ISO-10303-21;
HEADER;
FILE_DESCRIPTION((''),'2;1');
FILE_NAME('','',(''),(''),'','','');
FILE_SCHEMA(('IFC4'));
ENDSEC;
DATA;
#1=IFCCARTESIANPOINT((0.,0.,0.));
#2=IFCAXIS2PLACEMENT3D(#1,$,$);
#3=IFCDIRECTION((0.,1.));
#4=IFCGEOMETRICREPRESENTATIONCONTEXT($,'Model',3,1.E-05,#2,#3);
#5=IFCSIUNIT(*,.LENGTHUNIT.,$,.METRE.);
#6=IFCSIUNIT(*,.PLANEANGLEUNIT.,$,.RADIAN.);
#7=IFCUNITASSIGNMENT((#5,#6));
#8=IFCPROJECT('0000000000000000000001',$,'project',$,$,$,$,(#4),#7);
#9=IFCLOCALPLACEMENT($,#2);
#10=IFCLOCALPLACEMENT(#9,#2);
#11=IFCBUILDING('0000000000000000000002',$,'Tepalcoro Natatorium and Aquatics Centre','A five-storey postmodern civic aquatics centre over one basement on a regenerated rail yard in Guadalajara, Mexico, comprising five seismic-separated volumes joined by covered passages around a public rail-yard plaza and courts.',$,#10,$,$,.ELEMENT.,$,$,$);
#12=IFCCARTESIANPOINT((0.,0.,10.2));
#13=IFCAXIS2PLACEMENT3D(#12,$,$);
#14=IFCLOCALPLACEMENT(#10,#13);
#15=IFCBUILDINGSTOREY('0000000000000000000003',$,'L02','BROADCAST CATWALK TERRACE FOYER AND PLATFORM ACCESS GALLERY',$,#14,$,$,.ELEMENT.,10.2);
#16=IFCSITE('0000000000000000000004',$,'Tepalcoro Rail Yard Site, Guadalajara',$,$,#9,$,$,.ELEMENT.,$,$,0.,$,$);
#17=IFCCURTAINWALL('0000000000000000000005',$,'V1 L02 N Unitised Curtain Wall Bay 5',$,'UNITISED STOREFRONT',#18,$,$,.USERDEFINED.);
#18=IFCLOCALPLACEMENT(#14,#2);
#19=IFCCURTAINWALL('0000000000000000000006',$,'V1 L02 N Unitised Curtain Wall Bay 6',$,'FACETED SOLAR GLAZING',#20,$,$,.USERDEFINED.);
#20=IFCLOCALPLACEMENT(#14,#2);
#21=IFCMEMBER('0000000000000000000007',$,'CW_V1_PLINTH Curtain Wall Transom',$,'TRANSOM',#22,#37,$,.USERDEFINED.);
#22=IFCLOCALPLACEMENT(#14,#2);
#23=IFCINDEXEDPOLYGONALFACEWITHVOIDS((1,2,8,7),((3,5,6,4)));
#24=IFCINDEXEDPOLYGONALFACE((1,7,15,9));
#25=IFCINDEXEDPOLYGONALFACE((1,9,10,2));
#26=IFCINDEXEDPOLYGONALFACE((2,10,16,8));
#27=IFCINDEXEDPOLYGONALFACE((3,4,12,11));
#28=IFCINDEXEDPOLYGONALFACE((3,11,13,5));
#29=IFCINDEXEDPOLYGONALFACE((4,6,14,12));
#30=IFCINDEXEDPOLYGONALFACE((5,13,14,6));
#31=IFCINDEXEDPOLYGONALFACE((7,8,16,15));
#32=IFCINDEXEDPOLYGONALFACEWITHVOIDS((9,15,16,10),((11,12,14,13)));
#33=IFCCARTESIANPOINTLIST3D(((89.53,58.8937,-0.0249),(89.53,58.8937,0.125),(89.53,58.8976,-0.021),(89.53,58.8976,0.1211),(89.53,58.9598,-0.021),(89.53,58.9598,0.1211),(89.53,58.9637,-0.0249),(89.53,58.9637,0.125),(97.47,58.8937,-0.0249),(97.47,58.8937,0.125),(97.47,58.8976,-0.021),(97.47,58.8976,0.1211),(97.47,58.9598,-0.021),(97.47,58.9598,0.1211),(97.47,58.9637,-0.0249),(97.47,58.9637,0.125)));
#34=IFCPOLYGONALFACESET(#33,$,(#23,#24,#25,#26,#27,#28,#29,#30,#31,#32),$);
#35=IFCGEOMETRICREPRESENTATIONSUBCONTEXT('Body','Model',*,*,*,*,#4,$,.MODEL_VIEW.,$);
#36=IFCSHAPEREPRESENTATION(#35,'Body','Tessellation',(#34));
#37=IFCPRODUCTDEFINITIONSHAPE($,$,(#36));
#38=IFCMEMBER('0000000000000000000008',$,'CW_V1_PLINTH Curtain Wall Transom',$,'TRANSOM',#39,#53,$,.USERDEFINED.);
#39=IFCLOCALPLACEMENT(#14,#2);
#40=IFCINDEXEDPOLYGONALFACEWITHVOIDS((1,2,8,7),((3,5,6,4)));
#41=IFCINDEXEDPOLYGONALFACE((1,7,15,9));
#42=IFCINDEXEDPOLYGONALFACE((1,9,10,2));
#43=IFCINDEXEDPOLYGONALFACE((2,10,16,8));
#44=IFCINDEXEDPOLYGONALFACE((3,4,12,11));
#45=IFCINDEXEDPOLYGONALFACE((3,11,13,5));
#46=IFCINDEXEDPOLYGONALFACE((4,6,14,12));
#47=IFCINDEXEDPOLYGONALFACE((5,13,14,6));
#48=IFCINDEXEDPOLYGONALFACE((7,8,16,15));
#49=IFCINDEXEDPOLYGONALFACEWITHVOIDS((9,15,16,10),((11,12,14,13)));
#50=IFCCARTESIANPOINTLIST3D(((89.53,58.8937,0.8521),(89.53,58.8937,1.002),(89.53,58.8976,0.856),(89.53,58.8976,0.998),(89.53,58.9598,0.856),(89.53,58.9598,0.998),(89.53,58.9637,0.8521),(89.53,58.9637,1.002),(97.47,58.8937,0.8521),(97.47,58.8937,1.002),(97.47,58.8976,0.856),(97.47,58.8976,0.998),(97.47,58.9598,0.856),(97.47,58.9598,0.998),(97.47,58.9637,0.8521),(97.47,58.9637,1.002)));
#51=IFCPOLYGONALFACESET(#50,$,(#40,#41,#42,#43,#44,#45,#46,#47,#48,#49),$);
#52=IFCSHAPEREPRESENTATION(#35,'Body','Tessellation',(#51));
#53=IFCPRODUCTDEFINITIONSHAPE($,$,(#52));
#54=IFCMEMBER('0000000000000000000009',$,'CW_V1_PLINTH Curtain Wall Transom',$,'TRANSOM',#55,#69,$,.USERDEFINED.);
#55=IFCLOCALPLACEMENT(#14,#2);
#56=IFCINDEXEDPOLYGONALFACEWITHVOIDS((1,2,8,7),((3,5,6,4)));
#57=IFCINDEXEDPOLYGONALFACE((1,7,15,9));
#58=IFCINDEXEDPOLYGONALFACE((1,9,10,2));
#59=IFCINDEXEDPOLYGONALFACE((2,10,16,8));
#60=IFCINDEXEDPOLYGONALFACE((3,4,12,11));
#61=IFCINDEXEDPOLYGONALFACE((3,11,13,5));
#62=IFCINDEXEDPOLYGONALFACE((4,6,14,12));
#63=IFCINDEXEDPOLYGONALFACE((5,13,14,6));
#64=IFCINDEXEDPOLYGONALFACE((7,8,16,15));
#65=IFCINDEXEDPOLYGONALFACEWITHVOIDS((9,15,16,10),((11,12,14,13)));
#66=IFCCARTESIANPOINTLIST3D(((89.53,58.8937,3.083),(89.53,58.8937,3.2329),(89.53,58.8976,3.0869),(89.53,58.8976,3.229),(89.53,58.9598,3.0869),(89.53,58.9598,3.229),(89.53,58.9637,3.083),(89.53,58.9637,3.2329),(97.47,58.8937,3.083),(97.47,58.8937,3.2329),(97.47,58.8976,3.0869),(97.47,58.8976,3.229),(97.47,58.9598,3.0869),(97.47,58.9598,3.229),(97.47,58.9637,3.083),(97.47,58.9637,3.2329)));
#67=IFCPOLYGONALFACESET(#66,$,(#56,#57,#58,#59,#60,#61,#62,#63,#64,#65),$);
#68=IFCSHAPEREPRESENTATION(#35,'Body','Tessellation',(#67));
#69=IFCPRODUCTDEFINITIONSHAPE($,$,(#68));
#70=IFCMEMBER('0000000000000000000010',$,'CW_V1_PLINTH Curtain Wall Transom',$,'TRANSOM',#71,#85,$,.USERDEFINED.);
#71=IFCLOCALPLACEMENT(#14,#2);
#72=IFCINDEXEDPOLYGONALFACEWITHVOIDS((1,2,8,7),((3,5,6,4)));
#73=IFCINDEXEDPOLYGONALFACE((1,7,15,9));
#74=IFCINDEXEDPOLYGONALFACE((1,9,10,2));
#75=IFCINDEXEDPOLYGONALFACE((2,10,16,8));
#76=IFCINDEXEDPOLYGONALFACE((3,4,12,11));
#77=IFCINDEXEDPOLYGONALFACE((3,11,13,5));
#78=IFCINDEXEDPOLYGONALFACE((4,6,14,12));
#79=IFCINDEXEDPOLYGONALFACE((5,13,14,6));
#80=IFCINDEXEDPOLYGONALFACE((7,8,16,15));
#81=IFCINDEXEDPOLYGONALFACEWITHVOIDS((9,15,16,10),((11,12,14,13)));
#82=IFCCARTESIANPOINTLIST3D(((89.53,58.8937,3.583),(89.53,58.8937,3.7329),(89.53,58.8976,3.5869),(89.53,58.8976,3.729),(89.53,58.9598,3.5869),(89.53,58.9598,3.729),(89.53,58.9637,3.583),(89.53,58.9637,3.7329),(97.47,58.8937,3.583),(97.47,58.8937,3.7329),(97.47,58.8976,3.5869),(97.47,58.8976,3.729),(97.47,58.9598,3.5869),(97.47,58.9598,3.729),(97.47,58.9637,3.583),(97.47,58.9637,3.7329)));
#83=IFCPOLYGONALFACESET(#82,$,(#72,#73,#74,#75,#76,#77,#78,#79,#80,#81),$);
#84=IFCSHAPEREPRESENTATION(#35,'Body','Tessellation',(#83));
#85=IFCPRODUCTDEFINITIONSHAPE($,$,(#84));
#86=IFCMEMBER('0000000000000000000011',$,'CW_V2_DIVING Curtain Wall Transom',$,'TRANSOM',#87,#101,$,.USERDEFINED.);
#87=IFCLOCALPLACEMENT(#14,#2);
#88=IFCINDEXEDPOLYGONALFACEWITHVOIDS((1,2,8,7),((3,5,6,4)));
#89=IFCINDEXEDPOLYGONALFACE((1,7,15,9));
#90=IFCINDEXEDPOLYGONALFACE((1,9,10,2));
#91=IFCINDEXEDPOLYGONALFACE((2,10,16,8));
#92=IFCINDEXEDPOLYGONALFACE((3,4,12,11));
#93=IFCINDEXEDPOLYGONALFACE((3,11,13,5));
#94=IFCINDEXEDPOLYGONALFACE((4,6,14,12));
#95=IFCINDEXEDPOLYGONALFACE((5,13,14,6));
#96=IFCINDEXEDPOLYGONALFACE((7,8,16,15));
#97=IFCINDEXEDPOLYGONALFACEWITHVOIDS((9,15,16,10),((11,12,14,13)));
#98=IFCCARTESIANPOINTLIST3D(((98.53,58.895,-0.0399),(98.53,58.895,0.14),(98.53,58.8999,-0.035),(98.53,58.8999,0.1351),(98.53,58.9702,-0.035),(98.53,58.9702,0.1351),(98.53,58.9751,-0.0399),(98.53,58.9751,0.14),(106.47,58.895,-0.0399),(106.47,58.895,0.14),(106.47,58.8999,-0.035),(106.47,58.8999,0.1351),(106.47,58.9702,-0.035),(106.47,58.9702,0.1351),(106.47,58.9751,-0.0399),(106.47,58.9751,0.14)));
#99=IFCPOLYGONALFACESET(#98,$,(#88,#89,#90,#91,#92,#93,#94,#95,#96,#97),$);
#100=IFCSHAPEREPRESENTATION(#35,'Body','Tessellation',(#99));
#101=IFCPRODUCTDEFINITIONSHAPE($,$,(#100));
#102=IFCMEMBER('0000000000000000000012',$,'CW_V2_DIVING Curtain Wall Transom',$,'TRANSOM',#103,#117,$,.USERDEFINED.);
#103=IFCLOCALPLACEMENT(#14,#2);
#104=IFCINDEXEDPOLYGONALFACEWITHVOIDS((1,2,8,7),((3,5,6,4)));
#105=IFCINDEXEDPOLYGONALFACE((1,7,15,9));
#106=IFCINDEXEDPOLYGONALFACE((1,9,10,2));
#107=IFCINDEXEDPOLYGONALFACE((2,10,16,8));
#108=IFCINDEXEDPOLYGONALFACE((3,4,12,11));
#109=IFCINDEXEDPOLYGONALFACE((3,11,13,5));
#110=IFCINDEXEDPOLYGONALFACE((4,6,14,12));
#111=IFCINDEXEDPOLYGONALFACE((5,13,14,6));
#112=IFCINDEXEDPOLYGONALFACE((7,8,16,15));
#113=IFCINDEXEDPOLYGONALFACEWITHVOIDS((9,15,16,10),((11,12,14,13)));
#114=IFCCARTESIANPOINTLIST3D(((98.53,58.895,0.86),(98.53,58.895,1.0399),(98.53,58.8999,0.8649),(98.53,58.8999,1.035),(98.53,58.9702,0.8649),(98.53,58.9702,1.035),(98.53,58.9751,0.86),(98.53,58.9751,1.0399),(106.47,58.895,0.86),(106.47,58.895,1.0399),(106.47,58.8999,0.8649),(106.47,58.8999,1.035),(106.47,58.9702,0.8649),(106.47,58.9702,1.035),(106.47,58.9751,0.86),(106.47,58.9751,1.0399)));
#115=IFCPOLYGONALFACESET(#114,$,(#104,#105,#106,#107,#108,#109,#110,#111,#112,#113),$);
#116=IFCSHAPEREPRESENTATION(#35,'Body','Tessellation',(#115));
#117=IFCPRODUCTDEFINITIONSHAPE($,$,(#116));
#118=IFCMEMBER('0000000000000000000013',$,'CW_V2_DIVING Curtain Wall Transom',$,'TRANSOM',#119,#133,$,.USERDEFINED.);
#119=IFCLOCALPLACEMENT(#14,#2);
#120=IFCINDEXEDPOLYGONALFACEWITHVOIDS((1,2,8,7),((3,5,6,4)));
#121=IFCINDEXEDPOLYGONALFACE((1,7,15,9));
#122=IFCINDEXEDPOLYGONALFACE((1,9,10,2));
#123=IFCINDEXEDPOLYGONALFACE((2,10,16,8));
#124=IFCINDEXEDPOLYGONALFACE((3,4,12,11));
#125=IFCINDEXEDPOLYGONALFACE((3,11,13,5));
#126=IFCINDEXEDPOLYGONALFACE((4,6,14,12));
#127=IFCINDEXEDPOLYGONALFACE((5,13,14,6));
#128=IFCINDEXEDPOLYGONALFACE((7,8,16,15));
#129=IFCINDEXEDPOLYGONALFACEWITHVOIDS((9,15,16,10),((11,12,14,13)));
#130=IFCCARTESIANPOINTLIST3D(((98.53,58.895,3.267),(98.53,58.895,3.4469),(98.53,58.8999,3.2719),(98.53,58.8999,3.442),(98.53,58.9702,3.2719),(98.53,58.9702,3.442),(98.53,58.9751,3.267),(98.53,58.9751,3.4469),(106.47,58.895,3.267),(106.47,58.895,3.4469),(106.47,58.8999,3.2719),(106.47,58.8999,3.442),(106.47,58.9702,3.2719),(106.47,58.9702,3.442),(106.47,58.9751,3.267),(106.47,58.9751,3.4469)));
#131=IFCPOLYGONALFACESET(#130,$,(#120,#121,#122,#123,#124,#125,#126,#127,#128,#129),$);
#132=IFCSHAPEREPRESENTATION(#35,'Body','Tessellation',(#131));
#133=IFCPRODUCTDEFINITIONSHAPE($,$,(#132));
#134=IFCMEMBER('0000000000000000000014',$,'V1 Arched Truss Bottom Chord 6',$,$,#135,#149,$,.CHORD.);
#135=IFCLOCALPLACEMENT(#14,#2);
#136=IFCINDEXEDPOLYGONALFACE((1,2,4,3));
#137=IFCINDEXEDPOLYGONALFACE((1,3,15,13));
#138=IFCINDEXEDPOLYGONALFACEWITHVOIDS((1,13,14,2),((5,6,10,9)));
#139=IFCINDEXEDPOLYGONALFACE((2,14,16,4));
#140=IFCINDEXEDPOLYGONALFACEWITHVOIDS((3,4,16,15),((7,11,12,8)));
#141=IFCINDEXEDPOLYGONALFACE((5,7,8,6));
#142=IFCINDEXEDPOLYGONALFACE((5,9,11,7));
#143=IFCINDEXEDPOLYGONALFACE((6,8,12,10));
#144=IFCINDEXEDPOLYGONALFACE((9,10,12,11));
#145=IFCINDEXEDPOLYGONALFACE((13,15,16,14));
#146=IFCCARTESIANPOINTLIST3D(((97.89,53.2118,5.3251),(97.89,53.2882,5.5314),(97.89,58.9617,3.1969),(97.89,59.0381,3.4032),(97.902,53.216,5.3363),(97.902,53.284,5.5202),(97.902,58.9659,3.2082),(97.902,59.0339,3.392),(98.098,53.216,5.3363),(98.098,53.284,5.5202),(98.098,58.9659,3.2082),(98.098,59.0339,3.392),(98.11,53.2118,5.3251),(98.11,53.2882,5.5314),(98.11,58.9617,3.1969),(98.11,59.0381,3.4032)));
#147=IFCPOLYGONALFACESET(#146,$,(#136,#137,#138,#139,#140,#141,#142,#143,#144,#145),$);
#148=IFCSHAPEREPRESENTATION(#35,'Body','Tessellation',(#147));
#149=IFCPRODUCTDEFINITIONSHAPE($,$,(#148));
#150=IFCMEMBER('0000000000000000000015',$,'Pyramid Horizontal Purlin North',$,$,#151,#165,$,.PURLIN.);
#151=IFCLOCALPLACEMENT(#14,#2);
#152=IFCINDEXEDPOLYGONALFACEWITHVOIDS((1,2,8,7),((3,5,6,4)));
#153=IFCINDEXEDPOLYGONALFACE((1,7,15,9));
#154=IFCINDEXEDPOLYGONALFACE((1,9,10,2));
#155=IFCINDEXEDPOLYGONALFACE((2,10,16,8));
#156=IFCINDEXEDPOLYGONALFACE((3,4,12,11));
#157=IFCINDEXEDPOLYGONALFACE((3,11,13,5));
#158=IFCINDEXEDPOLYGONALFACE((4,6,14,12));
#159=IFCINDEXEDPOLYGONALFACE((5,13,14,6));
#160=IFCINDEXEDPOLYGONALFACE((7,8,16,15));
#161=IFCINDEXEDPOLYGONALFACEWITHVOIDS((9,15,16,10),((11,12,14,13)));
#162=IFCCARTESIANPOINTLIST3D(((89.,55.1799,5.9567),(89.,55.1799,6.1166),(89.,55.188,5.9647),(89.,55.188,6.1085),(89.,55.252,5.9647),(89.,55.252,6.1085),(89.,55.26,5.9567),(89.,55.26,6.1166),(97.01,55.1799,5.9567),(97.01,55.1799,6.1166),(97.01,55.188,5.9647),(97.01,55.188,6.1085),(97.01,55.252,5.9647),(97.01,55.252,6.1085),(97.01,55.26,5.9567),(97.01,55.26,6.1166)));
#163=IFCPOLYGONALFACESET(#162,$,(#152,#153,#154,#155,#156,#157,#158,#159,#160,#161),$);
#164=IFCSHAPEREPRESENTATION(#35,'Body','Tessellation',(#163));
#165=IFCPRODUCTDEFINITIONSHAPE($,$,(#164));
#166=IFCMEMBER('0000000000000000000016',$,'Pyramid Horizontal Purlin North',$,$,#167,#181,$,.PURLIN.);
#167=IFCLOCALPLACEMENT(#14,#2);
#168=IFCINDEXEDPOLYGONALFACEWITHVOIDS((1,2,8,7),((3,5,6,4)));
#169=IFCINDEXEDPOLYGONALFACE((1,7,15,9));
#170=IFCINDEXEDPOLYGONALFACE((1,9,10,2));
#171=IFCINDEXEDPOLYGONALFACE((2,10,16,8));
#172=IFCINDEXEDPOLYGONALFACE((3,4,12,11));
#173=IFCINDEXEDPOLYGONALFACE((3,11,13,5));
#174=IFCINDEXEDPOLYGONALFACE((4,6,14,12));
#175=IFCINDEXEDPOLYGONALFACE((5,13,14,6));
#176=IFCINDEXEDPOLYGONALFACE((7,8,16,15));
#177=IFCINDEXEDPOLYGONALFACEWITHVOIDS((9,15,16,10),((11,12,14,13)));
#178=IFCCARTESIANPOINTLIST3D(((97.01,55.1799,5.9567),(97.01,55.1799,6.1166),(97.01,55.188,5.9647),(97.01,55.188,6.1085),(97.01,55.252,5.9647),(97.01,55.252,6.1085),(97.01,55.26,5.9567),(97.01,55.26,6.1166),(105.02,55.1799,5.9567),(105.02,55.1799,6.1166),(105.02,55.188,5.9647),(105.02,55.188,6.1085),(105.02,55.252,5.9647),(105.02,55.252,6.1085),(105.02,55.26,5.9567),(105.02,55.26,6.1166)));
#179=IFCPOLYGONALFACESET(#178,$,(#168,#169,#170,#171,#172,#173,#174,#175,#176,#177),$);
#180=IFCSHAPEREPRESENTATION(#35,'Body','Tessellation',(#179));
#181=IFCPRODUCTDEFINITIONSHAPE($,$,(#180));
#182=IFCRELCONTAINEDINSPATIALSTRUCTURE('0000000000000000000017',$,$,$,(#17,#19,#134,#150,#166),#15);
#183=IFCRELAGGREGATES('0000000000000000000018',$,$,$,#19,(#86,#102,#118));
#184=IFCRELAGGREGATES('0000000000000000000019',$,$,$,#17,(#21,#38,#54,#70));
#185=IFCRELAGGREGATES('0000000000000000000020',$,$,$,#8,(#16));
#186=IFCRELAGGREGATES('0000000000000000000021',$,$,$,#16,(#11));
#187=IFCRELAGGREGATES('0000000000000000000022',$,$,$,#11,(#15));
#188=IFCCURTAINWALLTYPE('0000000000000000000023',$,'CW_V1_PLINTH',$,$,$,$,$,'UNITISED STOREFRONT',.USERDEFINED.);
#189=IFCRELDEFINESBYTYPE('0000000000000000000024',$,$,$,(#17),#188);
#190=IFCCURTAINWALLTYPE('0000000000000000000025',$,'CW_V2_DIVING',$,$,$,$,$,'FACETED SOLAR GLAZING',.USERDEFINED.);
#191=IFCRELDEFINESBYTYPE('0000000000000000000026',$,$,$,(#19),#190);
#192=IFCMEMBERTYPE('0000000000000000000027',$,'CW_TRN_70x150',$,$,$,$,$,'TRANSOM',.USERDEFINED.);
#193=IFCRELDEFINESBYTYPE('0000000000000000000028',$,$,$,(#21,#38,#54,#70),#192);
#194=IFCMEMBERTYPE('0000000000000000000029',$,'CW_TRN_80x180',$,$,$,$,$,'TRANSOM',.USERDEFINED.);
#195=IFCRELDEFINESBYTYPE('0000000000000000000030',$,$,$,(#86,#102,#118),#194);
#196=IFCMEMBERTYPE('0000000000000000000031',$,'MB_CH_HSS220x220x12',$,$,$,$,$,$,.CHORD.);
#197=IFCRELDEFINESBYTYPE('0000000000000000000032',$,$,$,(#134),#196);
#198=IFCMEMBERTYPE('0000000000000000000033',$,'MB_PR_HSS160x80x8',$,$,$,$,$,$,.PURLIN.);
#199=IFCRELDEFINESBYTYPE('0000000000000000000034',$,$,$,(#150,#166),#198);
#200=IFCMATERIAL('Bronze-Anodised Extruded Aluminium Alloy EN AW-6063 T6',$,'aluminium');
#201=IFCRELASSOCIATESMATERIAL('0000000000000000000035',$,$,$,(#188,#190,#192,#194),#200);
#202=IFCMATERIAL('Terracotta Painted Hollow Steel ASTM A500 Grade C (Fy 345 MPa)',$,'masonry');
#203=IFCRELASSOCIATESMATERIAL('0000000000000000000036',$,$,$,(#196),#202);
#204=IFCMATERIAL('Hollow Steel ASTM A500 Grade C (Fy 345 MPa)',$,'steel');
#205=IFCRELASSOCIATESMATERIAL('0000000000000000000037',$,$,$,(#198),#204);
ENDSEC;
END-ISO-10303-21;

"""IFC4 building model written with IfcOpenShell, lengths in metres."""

from ifc_helpers import new_model, si_unit, direction, frame, origin, origin_2d, place, context, subcontext, project, spatial, hollow_rectangle, extrude, material, material_profile, profile_set, type_object, element, aggregate, save


model = new_model("IFC4")

# Units and contexts
model_context = context("Model", 3, precision=1e-05, world=origin(), true_north=direction((0.0, 1.0)))
body_context = subcontext(model_context, "Body", "Model", "MODEL_VIEW")
ifc_project = project(units=[si_unit("LENGTHUNIT", "METRE"), si_unit("PLANEANGLEUNIT", "RADIAN")], contexts=[model_context])

# Site, building, storey
site_placement = place(None, origin())
site = spatial("IfcSite", under=ifc_project, at=site_placement, Name="Tepalcoro Rail Yard Site, Guadalajara", CompositionType="ELEMENT", RefElevation=0.0)
building_placement = place(site_placement, origin())
building = spatial("IfcBuilding", under=site, at=building_placement, Name="Tepalcoro Natatorium and Aquatics Centre", Description="A five-storey postmodern civic aquatics centre over one basement on a regenerated rail yard in Guadalajara, Mexico, comprising five seismic-separated volumes joined by covered passages around a public rail-yard plaza and courts.", CompositionType="ELEMENT")
storey_placement = place(building_placement, frame((0.0, 0.0, 10.2)))
storey = spatial("IfcBuildingStorey", under=building, at=storey_placement, Name="L02", Description="BROADCAST CATWALK TERRACE FOYER AND PLATFORM ACCESS GALLERY", CompositionType="ELEMENT", Elevation=10.2)

# Shared definitions
ifc_material_1 = material(Name="Terracotta Painted Hollow Steel ASTM A500 Grade C (Fy 345 MPa)", Category="masonry")

# Curtain wall
ifc_material_2 = material(Name="Bronze-Anodised Extruded Aluminium Alloy EN AW-6063 T6", Category="aluminium")
curtain_wall_type_1 = type_object("IfcCurtainWallType", Name="CW_V1_PLINTH", ElementType="UNITISED STOREFRONT", PredefinedType="USERDEFINED", material=ifc_material_2)
curtain_wall_1_placement = place(storey_placement, origin())
curtain_wall_1 = element("IfcCurtainWall", 1, at=curtain_wall_1_placement, inside=storey, type_object=curtain_wall_type_1, Name="V1 L02 N Unitised Curtain Wall Bay 5", ObjectType="UNITISED STOREFRONT", PredefinedType="USERDEFINED")

# Curtain wall
curtain_wall_type_2 = type_object("IfcCurtainWallType", Name="CW_V2_DIVING", ElementType="FACETED SOLAR GLAZING", PredefinedType="USERDEFINED", material=ifc_material_2)
curtain_wall_2_placement = place(storey_placement, origin())
curtain_wall_2 = element("IfcCurtainWall", 2, at=curtain_wall_2_placement, inside=storey, type_object=curtain_wall_type_2, Name="V1 L02 N Unitised Curtain Wall Bay 6", ObjectType="FACETED SOLAR GLAZING", PredefinedType="USERDEFINED")

# Members
ifc_material_profile_1 = material_profile(ifc_material_2, hollow_rectangle(XDim=0.0701, YDim=0.1499, WallThickness=0.0039, at=origin_2d()), Name="AL70X150X4")
ifc_profile_set_1 = profile_set([ifc_material_profile_1], Name="Bronze-Anodised Extruded Aluminium Alloy EN AW-6063 T6")
member_type_1 = type_object("IfcMemberType", Name="CW_TRN_70x150", ElementType="TRANSOM", PredefinedType="USERDEFINED", material=ifc_profile_set_1)
member_1_placement = place(storey_placement, frame((89.53, 58.9287, 0.05), z_axis=(1.0, 0.0, 0.0), x_axis=(0.0, 1.0, 0.0)))
member_1 = element("IfcMember", 3, at=member_1_placement, type_object=member_type_1, Name="CW_V1_PLINTH Curtain Wall Transom", ObjectType="TRANSOM", PredefinedType="USERDEFINED", context=body_context, shape_type="SweptSolid", body=[
    extrude(hollow_rectangle(XDim=0.0701, YDim=0.1499, WallThickness=0.0039, at=origin_2d()), origin(), (0.0, 0.0, 1.0), 7.9399),
])
member_2_placement = place(storey_placement, frame((89.53, 58.9287, 0.927), z_axis=(1.0, 0.0, 0.0), x_axis=(0.0, 1.0, 0.0)))
member_2 = element("IfcMember", 4, at=member_2_placement, type_object=member_type_1, Name="CW_V1_PLINTH Curtain Wall Transom", ObjectType="TRANSOM", PredefinedType="USERDEFINED", context=body_context, shape_type="SweptSolid", body=[
    extrude(hollow_rectangle(XDim=0.0701, YDim=0.1499, WallThickness=0.0039, at=origin_2d()), origin(), (0.0, 0.0, 1.0), 7.9399),
])
member_3_placement = place(storey_placement, frame((89.53, 58.9287, 3.158), z_axis=(1.0, 0.0, 0.0), x_axis=(0.0, 1.0, 0.0)))
member_3 = element("IfcMember", 5, at=member_3_placement, type_object=member_type_1, Name="CW_V1_PLINTH Curtain Wall Transom", ObjectType="TRANSOM", PredefinedType="USERDEFINED", context=body_context, shape_type="SweptSolid", body=[
    extrude(hollow_rectangle(XDim=0.0701, YDim=0.1499, WallThickness=0.0039, at=origin_2d()), origin(), (0.0, 0.0, 1.0), 7.9399),
])
member_4_placement = place(storey_placement, frame((89.53, 58.9287, 3.658), z_axis=(1.0, 0.0, 0.0), x_axis=(0.0, 1.0, 0.0)))
member_4 = element("IfcMember", 6, at=member_4_placement, type_object=member_type_1, Name="CW_V1_PLINTH Curtain Wall Transom", ObjectType="TRANSOM", PredefinedType="USERDEFINED", context=body_context, shape_type="SweptSolid", body=[
    extrude(hollow_rectangle(XDim=0.0701, YDim=0.1499, WallThickness=0.0039, at=origin_2d()), origin(), (0.0, 0.0, 1.0), 7.9399),
])
ifc_material_profile_2 = material_profile(ifc_material_2, hollow_rectangle(XDim=0.0801, YDim=0.1799, WallThickness=0.0049, at=origin_2d()), Name="AL80X180X5")
ifc_profile_set_2 = profile_set([ifc_material_profile_2], Name="Bronze-Anodised Extruded Aluminium Alloy EN AW-6063 T6")
member_type_2 = type_object("IfcMemberType", Name="CW_TRN_80x180", ElementType="TRANSOM", PredefinedType="USERDEFINED", material=ifc_profile_set_2)
member_5_placement = place(storey_placement, frame((98.53, 58.9351, 0.05), z_axis=(1.0, 0.0, 0.0), x_axis=(0.0, 1.0, 0.0)))
member_5 = element("IfcMember", 7, at=member_5_placement, type_object=member_type_2, Name="CW_V2_DIVING Curtain Wall Transom", ObjectType="TRANSOM", PredefinedType="USERDEFINED", context=body_context, shape_type="SweptSolid", body=[
    extrude(hollow_rectangle(XDim=0.0801, YDim=0.1799, WallThickness=0.0049, at=origin_2d()), origin(), (0.0, 0.0, 1.0), 7.9399),
])
member_6_placement = place(storey_placement, frame((98.53, 58.9351, 0.95), z_axis=(1.0, 0.0, 0.0), x_axis=(0.0, 1.0, 0.0)))
member_6 = element("IfcMember", 8, at=member_6_placement, type_object=member_type_2, Name="CW_V2_DIVING Curtain Wall Transom", ObjectType="TRANSOM", PredefinedType="USERDEFINED", context=body_context, shape_type="SweptSolid", body=[
    extrude(hollow_rectangle(XDim=0.0801, YDim=0.1799, WallThickness=0.0049, at=origin_2d()), origin(), (0.0, 0.0, 1.0), 7.9399),
])
member_7_placement = place(storey_placement, frame((98.53, 58.9351, 3.3569), z_axis=(1.0, 0.0, 0.0), x_axis=(0.0, 1.0, 0.0)))
member_7 = element("IfcMember", 9, at=member_7_placement, type_object=member_type_2, Name="CW_V2_DIVING Curtain Wall Transom", ObjectType="TRANSOM", PredefinedType="USERDEFINED", context=body_context, shape_type="SweptSolid", body=[
    extrude(hollow_rectangle(XDim=0.0801, YDim=0.1799, WallThickness=0.0049, at=origin_2d()), origin(), (0.0, 0.0, 1.0), 7.9399),
])
aggregate(curtain_wall_2, [member_5, member_6, member_7])

# Members
ifc_material_profile_3 = material_profile(ifc_material_1, hollow_rectangle(XDim=0.22, YDim=0.22, WallThickness=0.012, at=origin_2d()), Name="HSS220X220X12")
ifc_profile_set_3 = profile_set([ifc_material_profile_3], Name="Terracotta Painted Hollow Steel ASTM A500 Grade C (Fy 345 MPa)")
member_type_3 = type_object("IfcMemberType", Name="MB_CH_HSS220x220x12", PredefinedType="CHORD", material=ifc_profile_set_3)
member_8_placement = place(storey_placement, frame((98.0, 53.25, 5.4282), z_axis=(0.0, 0.937826, -0.347106), x_axis=(-1.0, 0.0, 0.0)))
element("IfcMember", 10, at=member_8_placement, inside=storey, type_object=member_type_3, Name="V1 Arched Truss Bottom Chord 6", PredefinedType="CHORD", context=body_context, shape_type="SweptSolid", body=[
    extrude(hollow_rectangle(XDim=0.22, YDim=0.22, WallThickness=0.012, at=origin_2d()), origin(), (0.0, 0.0, 1.0), 6.1311),
])
ifc_material_3 = material(Name="Hollow Steel ASTM A500 Grade C (Fy 345 MPa)", Category="steel")
ifc_material_profile_4 = material_profile(ifc_material_3, hollow_rectangle(XDim=0.0801, YDim=0.1599, WallThickness=0.0081, at=origin_2d()), Name="HSS160X80X8")
ifc_profile_set_4 = profile_set([ifc_material_profile_4], Name="Hollow Steel ASTM A500 Grade C (Fy 345 MPa)")
member_type_4 = type_object("IfcMemberType", Name="MB_PR_HSS160x80x8", PredefinedType="PURLIN", material=ifc_profile_set_4)
for number, where, z_axis, x_axis, name in (
    (11, (89.0, 55.22, 6.0366), (1.0, 0.0, 0.0), (0.0, 1.0, 0.0), "Pyramid Horizontal Purlin North"),
    (12, (97.01, 55.22, 6.0366), (1.0, 0.0, 0.0), (0.0, 1.0, 0.0), "Pyramid Horizontal Purlin North"),
):
    element("IfcMember", number, at=place(storey_placement, frame(where, z_axis=z_axis, x_axis=x_axis)), inside=storey, type_object=member_type_4, Name=name, PredefinedType="PURLIN", context=body_context, shape_type="SweptSolid", body=[
        extrude(hollow_rectangle(XDim=0.0801, YDim=0.1599, WallThickness=0.0081, at=origin_2d()), origin(), (0.0, 0.0, 1.0), 8.01),
    ])

aggregate(curtain_wall_1, [member_1, member_2, member_3, member_4])

save(model, "model.ifc")
